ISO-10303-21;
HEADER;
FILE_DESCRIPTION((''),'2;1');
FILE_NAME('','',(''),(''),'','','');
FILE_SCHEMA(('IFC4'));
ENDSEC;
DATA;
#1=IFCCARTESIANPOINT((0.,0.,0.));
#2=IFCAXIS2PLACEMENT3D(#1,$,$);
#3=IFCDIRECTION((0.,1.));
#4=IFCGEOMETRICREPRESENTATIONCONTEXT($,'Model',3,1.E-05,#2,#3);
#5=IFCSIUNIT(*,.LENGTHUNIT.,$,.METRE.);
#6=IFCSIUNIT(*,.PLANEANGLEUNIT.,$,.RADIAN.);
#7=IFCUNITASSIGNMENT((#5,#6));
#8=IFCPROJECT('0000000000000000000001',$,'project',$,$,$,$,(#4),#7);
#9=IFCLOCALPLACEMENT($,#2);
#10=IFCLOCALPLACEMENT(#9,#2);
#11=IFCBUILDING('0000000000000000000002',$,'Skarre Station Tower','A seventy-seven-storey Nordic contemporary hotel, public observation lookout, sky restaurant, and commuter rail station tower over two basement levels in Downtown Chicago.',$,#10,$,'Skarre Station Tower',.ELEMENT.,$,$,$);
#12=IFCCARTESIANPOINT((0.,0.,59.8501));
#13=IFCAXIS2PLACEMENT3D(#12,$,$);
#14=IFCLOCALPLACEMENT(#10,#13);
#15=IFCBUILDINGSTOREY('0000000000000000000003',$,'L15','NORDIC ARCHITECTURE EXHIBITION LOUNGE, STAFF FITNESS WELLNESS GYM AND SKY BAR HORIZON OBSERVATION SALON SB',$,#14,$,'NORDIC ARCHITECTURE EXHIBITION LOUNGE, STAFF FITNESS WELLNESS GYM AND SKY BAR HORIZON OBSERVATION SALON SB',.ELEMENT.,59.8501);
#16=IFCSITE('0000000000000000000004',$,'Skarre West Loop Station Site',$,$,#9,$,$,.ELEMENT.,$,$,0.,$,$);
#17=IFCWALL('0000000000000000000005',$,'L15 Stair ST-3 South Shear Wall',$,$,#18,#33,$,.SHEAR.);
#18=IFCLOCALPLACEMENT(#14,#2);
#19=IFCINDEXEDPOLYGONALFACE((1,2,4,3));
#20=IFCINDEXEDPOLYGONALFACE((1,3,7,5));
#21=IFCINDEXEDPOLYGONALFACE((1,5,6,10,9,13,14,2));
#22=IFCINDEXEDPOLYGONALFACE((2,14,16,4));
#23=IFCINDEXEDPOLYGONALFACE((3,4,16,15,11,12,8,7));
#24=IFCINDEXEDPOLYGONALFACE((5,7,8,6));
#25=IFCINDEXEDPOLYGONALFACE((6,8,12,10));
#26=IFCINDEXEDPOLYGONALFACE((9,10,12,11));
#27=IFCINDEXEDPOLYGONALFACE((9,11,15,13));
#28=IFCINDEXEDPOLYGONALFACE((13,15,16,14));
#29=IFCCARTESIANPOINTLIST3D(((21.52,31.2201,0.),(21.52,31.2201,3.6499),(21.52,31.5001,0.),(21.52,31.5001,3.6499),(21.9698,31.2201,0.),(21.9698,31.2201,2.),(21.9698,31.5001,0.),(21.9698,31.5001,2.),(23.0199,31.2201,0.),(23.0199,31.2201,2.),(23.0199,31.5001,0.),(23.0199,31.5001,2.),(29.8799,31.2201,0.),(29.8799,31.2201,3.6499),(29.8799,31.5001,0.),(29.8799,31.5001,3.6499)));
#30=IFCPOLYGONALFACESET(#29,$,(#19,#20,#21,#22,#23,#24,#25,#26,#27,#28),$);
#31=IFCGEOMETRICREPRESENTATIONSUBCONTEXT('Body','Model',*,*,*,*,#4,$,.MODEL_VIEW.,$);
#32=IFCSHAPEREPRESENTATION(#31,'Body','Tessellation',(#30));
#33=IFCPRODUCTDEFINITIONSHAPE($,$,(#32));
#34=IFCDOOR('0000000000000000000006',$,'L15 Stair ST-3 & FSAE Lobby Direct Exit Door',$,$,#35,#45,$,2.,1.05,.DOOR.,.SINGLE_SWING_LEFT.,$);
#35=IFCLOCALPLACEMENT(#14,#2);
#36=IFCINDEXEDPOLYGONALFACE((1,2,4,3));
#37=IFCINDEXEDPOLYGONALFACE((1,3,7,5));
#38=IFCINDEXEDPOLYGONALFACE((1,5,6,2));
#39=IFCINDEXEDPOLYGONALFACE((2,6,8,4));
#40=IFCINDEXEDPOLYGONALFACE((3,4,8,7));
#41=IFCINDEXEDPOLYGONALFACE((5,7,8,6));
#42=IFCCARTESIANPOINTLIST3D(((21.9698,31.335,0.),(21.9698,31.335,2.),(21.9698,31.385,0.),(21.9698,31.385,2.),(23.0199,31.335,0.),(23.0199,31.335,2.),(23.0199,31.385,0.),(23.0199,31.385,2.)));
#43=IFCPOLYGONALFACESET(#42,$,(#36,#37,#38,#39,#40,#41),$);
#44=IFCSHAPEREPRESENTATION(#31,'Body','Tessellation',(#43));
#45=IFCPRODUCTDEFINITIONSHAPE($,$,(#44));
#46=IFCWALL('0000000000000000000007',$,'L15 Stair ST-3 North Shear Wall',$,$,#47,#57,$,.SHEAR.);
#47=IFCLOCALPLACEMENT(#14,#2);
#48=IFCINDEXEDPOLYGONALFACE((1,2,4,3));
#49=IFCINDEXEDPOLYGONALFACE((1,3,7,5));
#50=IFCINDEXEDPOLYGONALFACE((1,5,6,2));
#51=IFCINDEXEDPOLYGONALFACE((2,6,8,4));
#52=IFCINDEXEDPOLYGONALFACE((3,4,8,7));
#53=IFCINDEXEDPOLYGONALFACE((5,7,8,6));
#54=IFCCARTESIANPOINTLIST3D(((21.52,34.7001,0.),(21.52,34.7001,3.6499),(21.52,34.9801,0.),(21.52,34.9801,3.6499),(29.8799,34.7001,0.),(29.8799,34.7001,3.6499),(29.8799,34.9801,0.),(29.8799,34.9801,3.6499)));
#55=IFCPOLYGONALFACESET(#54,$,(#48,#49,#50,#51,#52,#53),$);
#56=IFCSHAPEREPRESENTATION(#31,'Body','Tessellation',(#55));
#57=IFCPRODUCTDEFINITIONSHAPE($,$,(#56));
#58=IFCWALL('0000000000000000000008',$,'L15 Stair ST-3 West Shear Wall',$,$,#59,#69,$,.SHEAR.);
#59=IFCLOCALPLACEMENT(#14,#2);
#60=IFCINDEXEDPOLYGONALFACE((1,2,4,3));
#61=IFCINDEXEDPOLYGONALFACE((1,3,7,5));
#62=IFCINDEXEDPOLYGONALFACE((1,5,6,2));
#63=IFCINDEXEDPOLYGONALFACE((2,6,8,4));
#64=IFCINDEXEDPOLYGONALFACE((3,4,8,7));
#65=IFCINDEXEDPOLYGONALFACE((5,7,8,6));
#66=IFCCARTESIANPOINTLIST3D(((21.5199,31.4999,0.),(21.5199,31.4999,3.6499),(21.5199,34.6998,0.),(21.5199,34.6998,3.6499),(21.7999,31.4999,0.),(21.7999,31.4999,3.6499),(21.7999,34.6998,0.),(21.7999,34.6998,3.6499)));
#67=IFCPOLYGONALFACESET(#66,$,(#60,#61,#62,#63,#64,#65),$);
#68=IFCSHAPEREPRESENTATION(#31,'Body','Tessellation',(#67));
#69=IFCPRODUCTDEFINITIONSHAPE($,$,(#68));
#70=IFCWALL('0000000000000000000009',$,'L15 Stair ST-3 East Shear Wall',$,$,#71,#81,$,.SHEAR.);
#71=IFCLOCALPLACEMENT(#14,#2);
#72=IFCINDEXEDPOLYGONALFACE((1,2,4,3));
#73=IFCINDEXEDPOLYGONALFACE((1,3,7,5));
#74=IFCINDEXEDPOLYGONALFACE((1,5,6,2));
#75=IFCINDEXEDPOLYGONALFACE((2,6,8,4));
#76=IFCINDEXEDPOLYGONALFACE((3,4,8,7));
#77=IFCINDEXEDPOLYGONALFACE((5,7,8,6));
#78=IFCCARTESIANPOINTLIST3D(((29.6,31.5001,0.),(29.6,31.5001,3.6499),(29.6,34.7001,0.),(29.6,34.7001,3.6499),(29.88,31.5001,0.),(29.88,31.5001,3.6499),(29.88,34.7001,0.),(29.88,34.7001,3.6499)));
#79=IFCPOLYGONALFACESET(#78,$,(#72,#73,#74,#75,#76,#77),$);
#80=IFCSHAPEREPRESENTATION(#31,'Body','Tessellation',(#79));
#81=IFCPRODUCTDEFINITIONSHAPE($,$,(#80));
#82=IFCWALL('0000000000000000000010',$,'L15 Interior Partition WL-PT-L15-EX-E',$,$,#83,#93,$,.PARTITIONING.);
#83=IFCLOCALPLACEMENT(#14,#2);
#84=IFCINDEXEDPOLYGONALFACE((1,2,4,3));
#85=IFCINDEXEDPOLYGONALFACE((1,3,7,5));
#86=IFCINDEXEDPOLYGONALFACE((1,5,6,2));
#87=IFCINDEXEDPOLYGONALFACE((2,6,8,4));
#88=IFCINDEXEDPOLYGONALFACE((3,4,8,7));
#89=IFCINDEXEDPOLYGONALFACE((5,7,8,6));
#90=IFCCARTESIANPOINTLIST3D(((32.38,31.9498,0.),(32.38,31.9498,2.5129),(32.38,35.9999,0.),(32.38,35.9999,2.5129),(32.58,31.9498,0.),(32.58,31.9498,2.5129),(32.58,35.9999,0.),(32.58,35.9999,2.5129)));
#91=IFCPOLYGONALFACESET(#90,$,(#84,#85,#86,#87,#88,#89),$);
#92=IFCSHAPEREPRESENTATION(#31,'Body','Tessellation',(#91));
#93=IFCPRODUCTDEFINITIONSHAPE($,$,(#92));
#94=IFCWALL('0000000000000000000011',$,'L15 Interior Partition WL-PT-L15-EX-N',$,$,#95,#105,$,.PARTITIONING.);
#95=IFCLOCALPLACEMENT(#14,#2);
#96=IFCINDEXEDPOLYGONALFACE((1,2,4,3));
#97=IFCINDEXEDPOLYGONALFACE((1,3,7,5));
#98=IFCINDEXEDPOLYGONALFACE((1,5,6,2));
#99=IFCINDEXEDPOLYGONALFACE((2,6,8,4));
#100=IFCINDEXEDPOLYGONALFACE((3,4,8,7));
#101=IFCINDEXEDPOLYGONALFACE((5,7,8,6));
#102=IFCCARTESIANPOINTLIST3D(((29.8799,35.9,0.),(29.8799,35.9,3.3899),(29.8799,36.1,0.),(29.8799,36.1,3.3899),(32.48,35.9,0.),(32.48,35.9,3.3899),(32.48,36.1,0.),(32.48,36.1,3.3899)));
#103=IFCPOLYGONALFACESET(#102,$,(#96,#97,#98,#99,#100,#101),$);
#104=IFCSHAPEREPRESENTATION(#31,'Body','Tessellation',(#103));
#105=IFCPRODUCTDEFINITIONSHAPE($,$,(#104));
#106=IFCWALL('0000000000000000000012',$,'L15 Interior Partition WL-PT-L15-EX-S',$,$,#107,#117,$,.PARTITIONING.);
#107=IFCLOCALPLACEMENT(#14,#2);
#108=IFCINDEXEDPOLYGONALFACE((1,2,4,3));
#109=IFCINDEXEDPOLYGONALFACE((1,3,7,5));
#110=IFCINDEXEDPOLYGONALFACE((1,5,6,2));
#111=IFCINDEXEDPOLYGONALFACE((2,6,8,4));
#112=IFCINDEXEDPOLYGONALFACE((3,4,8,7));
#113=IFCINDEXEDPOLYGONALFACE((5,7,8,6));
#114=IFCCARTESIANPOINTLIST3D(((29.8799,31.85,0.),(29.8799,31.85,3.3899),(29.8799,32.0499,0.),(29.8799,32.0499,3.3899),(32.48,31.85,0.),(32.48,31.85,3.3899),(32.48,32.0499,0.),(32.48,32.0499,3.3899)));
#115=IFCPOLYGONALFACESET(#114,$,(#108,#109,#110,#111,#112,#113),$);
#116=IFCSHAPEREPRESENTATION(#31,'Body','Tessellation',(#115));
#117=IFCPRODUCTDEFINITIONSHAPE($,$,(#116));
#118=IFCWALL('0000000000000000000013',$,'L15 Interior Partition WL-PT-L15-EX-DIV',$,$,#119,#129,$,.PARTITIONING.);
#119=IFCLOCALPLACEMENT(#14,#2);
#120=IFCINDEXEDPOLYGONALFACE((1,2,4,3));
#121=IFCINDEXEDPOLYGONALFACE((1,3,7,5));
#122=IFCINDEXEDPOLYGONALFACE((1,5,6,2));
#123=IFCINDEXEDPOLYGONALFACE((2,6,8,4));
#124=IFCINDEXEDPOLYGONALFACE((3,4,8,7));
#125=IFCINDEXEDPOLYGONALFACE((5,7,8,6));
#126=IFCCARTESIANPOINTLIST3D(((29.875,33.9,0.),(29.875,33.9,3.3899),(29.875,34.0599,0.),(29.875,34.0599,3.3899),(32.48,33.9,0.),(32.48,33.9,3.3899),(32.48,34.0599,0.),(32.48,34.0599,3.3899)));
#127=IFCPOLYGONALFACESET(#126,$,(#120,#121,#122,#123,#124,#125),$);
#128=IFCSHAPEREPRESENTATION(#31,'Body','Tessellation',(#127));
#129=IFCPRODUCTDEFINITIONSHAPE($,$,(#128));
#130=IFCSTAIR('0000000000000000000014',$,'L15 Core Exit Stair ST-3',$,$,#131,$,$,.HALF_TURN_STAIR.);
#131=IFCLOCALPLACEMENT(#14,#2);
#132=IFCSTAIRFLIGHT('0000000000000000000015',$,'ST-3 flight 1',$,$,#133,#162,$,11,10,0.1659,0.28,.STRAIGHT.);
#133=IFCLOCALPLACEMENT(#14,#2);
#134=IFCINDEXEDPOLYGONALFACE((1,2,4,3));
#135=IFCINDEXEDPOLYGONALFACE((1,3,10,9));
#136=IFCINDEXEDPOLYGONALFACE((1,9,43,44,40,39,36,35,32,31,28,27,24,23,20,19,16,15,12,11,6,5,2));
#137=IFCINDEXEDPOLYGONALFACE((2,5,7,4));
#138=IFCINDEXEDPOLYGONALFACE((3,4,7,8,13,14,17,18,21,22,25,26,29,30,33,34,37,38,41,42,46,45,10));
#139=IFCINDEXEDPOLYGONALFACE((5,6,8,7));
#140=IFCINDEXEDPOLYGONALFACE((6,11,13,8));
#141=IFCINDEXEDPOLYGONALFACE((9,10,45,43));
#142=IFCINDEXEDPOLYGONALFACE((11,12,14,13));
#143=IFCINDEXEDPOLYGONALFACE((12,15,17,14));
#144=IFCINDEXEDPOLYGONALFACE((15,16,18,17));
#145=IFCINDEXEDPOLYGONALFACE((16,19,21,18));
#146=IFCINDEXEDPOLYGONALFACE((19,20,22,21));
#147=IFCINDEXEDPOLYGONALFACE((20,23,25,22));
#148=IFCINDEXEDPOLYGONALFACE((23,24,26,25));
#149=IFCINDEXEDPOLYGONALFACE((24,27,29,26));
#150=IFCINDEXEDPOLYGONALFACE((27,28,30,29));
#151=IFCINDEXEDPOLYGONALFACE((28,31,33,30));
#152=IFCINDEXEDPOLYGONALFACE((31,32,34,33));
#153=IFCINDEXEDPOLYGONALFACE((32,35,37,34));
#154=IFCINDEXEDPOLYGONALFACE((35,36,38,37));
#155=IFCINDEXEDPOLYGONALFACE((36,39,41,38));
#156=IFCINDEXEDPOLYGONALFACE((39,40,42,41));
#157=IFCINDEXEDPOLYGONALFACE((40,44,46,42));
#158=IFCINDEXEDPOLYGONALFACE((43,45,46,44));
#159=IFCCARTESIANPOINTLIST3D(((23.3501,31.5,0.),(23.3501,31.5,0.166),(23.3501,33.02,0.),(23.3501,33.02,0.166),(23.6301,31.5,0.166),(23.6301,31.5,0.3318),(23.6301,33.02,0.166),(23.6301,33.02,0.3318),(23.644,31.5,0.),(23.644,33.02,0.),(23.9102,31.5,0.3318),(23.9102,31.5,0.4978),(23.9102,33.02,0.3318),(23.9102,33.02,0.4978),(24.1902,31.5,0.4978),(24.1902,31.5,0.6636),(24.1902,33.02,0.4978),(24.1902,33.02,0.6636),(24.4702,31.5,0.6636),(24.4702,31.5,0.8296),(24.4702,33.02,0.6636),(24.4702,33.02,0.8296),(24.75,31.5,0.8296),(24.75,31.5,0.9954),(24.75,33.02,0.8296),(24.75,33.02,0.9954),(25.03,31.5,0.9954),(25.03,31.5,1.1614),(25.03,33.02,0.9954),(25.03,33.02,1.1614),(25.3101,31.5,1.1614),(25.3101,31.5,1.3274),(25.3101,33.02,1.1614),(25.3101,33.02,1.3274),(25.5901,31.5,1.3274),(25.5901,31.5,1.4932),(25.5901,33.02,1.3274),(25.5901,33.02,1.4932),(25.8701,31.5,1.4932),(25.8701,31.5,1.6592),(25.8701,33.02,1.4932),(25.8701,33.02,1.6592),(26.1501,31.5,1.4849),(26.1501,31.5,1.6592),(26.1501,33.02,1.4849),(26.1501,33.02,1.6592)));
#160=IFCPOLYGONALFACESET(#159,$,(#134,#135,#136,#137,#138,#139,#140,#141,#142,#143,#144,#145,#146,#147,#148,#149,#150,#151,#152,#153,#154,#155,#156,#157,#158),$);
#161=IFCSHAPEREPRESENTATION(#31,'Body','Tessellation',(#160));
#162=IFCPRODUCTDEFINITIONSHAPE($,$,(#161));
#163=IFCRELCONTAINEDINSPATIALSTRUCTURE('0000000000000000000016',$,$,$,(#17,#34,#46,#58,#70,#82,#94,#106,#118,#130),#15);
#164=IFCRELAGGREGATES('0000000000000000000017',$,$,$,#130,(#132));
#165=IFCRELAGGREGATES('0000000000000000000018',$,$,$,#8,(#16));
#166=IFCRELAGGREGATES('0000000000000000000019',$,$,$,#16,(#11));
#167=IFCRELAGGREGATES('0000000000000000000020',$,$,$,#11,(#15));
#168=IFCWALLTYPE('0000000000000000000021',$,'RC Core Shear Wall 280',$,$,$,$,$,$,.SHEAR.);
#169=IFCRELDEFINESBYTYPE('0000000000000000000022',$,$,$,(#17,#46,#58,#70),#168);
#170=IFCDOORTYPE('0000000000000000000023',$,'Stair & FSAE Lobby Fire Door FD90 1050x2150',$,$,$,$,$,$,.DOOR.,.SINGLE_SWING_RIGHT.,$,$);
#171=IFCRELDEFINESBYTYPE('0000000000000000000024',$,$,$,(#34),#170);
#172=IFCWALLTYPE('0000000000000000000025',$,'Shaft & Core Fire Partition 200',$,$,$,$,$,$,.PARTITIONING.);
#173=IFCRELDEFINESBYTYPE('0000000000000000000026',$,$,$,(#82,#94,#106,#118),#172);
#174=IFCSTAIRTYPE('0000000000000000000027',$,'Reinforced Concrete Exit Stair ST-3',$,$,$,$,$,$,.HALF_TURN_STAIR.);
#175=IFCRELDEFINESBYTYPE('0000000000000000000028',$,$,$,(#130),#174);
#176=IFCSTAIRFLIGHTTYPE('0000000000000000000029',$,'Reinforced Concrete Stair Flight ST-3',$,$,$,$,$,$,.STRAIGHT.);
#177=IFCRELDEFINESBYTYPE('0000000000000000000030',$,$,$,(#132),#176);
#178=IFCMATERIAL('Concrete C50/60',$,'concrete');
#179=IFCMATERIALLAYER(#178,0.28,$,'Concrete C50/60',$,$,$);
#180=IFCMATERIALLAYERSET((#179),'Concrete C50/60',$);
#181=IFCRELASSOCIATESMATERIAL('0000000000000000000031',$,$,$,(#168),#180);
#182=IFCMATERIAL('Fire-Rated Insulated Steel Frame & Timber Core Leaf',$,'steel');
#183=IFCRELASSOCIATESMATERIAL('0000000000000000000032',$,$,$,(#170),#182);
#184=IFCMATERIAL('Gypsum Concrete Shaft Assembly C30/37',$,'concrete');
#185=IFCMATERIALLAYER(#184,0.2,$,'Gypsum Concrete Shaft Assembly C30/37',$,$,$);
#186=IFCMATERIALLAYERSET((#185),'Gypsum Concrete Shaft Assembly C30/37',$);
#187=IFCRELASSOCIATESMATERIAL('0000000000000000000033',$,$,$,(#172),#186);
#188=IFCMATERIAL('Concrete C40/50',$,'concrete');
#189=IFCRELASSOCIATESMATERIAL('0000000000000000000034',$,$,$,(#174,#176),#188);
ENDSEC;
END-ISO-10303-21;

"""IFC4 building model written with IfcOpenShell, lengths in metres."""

from ifc_helpers import new_model, si_unit, direction, frame, frame_2d, origin, place, context, subcontext, project, spatial, polyline, rectangle, outline, extrude, material, layer, layer_set, type_object, element, fill, aggregate, save


model = new_model("IFC4")

# Units and contexts
model_context = context("Model", 3, precision=1e-05, world=origin(), true_north=direction((0.0, 1.0)))
body_context = subcontext(model_context, "Body", "Model", "MODEL_VIEW")
ifc_project = project(units=[si_unit("LENGTHUNIT", "METRE"), si_unit("PLANEANGLEUNIT", "RADIAN")], contexts=[model_context])

# Site, building, storey
site_placement = place(None, origin())
site = spatial("IfcSite", under=ifc_project, at=site_placement, Name="Skarre West Loop Station Site", CompositionType="ELEMENT", RefElevation=0.0)
building_placement = place(site_placement, origin())
building = spatial("IfcBuilding", under=site, at=building_placement, Name="Skarre Station Tower", Description="A seventy-seven-storey Nordic contemporary hotel, public observation lookout, sky restaurant, and commuter rail station tower over two basement levels in Downtown Chicago.", LongName="Skarre Station Tower", CompositionType="ELEMENT")
storey_placement = place(building_placement, frame((0.0, 0.0, 59.8501)))
storey = spatial("IfcBuildingStorey", under=building, at=storey_placement, Name="L15", Description="NORDIC ARCHITECTURE EXHIBITION LOUNGE, STAFF FITNESS WELLNESS GYM AND SKY BAR HORIZON OBSERVATION SALON SB", LongName="NORDIC ARCHITECTURE EXHIBITION LOUNGE, STAFF FITNESS WELLNESS GYM AND SKY BAR HORIZON OBSERVATION SALON SB", CompositionType="ELEMENT", Elevation=59.8501)

# Wall, opening, door
ifc_material_1 = material(Name="Concrete C50/60", Category="concrete")
ifc_layer_1 = layer(ifc_material_1, 0.28, Name="Concrete C50/60")
ifc_layer_set_1 = layer_set([ifc_layer_1], Name="Concrete C50/60")
wall_type_1 = type_object("IfcWallType", Name="RC Core Shear Wall 280", PredefinedType="SHEAR", material=ifc_layer_set_1)
wall_1_placement = place(storey_placement, frame((21.52, 31.3601, 0.0), z_axis=(0.0, 0.0, 1.0), x_axis=(1.0, 0.0, 0.0)))
wall_1 = element("IfcWall", 1, at=wall_1_placement, inside=storey, type_object=wall_type_1, Name="L15 Stair ST-3 South Shear Wall", PredefinedType="SHEAR", context=body_context, shape_type="SweptSolid", body=[
    extrude(rectangle(XDim=8.3599, YDim=0.28, at=frame_2d((4.1799, 0.0))), origin(), (0.0, 0.0, 1.0), 3.6499),
])
opening_1_placement = place(wall_1_placement, frame((0.45, 0.0, 0.0)))
opening_1 = element("IfcOpeningElement", 2, at=opening_1_placement, cuts=wall_1, PredefinedType="OPENING", context=body_context, shape_type="SweptSolid", body=[
    extrude(rectangle(XDim=1.05, YDim=2.0, at=frame_2d((0.5249, 1.0))), frame((0.0, 0.1499, 0.0), z_axis=(0.0, -1.0, 0.0), x_axis=(1.0, 0.0, 0.0)), (0.0, 0.0, 1.0), 0.3),
])
ifc_material_2 = material(Name="Fire-Rated Insulated Steel Frame & Timber Core Leaf", Category="steel")
door_type = type_object("IfcDoorType", Name="Stair & FSAE Lobby Fire Door FD90 1050x2150", OperationType="SINGLE_SWING_RIGHT", PredefinedType="DOOR", material=ifc_material_2)
door_placement = place(opening_1_placement, origin())
door = element("IfcDoor", 3, at=door_placement, inside=storey, type_object=door_type, Name="L15 Stair ST-3 & FSAE Lobby Direct Exit Door", OperationType="SINGLE_SWING_LEFT", OverallHeight=2.0, OverallWidth=1.05, PredefinedType="DOOR", context=body_context, shape_type="SweptSolid", body=[
    extrude(rectangle(XDim=1.05, YDim=2.0, at=frame_2d((0.5249, 1.0))), frame((0.0, 0.0249, 0.0), z_axis=(0.0, -1.0, 0.0), x_axis=(1.0, 0.0, 0.0)), (0.0, 0.0, 1.0), 0.05),
])
fill(opening_1, door)

# Walls
wall_2_placement = place(storey_placement, frame((29.8799, 34.8401, 0.0), z_axis=(0.0, 0.0, 1.0), x_axis=(-1.0, 0.0, 0.0)))
element("IfcWall", 4, at=wall_2_placement, inside=storey, type_object=wall_type_1, Name="L15 Stair ST-3 North Shear Wall", PredefinedType="SHEAR", context=body_context, shape_type="SweptSolid", body=[
    extrude(rectangle(XDim=8.3599, YDim=0.28, at=frame_2d((4.1799, 0.0))), origin(), (0.0, 0.0, 1.0), 3.6499),
])
for number, where, z_axis, x_axis, name in (
    (5, (21.6599, 34.7, 0.0), (0.0, 0.0, 1.0), (0.0, -1.0, 0.0), "L15 Stair ST-3 West Shear Wall"),
    (6, (29.74, 31.5, 0.0), (0.0, 0.0, 1.0), (0.0, 1.0, 0.0), "L15 Stair ST-3 East Shear Wall"),
):
    element("IfcWall", number, at=place(storey_placement, frame(where, z_axis=z_axis, x_axis=x_axis)), inside=storey, type_object=wall_type_1, Name=name, PredefinedType="SHEAR", context=body_context, shape_type="SweptSolid", body=[
        extrude(rectangle(XDim=3.2, YDim=0.28, at=frame_2d((1.6001, 0.0))), origin(), (0.0, 0.0, 1.0), 3.6499),
    ])
ifc_material_3 = material(Name="Gypsum Concrete Shaft Assembly C30/37", Category="concrete")
ifc_layer_2 = layer(ifc_material_3, 0.2, Name="Gypsum Concrete Shaft Assembly C30/37")
ifc_layer_set_2 = layer_set([ifc_layer_2], Name="Gypsum Concrete Shaft Assembly C30/37")
wall_type_2 = type_object("IfcWallType", Name="Shaft & Core Fire Partition 200", PredefinedType="PARTITIONING", material=ifc_layer_set_2)
wall_3_placement = place(storey_placement, frame((32.48, 31.95, 0.0), z_axis=(0.0, 0.0, 1.0), x_axis=(0.0, 1.0, 0.0)))
element("IfcWall", 7, at=wall_3_placement, inside=storey, type_object=wall_type_2, Name="L15 Interior Partition WL-PT-L15-EX-E", PredefinedType="PARTITIONING", context=body_context, shape_type="SweptSolid", body=[
    extrude(rectangle(XDim=4.05, YDim=0.2, at=frame_2d((2.0249, 0.0))), origin(), (0.0, 0.0, 1.0), 2.5129),
])
for number, where, z_axis, x_axis, name in (
    (8, (29.8799, 36.0, 0.0), (0.0, 0.0, 1.0), (1.0, 0.0, 0.0), "L15 Interior Partition WL-PT-L15-EX-N"),
    (9, (32.48, 31.95, 0.0), (0.0, 0.0, 1.0), (-1.0, 0.0, 0.0), "L15 Interior Partition WL-PT-L15-EX-S"),
):
    element("IfcWall", number, at=place(storey_placement, frame(where, z_axis=z_axis, x_axis=x_axis)), inside=storey, type_object=wall_type_2, Name=name, PredefinedType="PARTITIONING", context=body_context, shape_type="SweptSolid", body=[
        extrude(rectangle(XDim=2.6001, YDim=0.2, at=frame_2d((1.3, 0.0))), origin(), (0.0, 0.0, 1.0), 3.3899),
    ])
wall_4_placement = place(storey_placement, frame((29.875, 33.98, 0.0), z_axis=(0.0, 0.0, 1.0), x_axis=(1.0, 0.0, 0.0)))
element("IfcWall", 10, at=wall_4_placement, inside=storey, type_object=wall_type_2, Name="L15 Interior Partition WL-PT-L15-EX-DIV", PredefinedType="PARTITIONING", context=body_context, shape_type="SweptSolid", body=[
    extrude(rectangle(XDim=2.605, YDim=0.1599, at=frame_2d((1.3025, 0.0))), origin(), (0.0, 0.0, 1.0), 3.3899),
])

# Stair, stair flight
ifc_material_4 = material(Name="Concrete C40/50", Category="concrete")
stair_type = type_object("IfcStairType", Name="Reinforced Concrete Exit Stair ST-3", PredefinedType="HALF_TURN_STAIR", material=ifc_material_4)
stair_placement = place(storey_placement, origin())
stair = element("IfcStair", 11, at=stair_placement, inside=storey, type_object=stair_type, Name="L15 Core Exit Stair ST-3", PredefinedType="HALF_TURN_STAIR")
stair_flight_type = type_object("IfcStairFlightType", Name="Reinforced Concrete Stair Flight ST-3", PredefinedType="STRAIGHT", material=ifc_material_4)
stair_flight_1_placement = place(storey_placement, frame((23.3501, 32.26, 0.0), z_axis=(0.0, 0.0, 1.0), x_axis=(1.0, 0.0, 0.0)))
stair_flight_1 = element("IfcStairFlight", 12, at=stair_flight_1_placement, type_object=stair_flight_type, Name="ST-3 flight 1", NumberOfRisers=11, NumberOfTreads=10, PredefinedType="STRAIGHT", RiserHeight=0.1659, TreadLength=0.28, context=body_context, shape_type="SweptSolid", body=[
    extrude(outline(polyline([(0.0, 0.0), (0.0, 0.166), (0.28, 0.166), (0.28, 0.3318), (0.5601, 0.3318), (0.5601, 0.4978), (0.8401, 0.4978), (0.8401, 0.6636), (1.1201, 0.6636), (1.1201, 0.8296), (1.3999, 0.8296), (1.3999, 0.9954), (1.6799, 0.9954), (1.6799, 1.1614), (1.96, 1.1614), (1.96, 1.3274), (2.24, 1.3274), (2.24, 1.4932), (2.52, 1.4932), (2.52, 1.6592), (2.8, 1.6592), (2.8, 1.825), (2.8, 1.4849), (0.2939, 0.0), (0.0, 0.0)])), frame((0.0, 0.76, 0.0), z_axis=(0.0, -1.0, 0.0), x_axis=(1.0, 0.0, 0.0)), (0.0, 0.0, 1.0), 1.52),
])
aggregate(stair, [stair_flight_1])

save(model, "model.ifc")
